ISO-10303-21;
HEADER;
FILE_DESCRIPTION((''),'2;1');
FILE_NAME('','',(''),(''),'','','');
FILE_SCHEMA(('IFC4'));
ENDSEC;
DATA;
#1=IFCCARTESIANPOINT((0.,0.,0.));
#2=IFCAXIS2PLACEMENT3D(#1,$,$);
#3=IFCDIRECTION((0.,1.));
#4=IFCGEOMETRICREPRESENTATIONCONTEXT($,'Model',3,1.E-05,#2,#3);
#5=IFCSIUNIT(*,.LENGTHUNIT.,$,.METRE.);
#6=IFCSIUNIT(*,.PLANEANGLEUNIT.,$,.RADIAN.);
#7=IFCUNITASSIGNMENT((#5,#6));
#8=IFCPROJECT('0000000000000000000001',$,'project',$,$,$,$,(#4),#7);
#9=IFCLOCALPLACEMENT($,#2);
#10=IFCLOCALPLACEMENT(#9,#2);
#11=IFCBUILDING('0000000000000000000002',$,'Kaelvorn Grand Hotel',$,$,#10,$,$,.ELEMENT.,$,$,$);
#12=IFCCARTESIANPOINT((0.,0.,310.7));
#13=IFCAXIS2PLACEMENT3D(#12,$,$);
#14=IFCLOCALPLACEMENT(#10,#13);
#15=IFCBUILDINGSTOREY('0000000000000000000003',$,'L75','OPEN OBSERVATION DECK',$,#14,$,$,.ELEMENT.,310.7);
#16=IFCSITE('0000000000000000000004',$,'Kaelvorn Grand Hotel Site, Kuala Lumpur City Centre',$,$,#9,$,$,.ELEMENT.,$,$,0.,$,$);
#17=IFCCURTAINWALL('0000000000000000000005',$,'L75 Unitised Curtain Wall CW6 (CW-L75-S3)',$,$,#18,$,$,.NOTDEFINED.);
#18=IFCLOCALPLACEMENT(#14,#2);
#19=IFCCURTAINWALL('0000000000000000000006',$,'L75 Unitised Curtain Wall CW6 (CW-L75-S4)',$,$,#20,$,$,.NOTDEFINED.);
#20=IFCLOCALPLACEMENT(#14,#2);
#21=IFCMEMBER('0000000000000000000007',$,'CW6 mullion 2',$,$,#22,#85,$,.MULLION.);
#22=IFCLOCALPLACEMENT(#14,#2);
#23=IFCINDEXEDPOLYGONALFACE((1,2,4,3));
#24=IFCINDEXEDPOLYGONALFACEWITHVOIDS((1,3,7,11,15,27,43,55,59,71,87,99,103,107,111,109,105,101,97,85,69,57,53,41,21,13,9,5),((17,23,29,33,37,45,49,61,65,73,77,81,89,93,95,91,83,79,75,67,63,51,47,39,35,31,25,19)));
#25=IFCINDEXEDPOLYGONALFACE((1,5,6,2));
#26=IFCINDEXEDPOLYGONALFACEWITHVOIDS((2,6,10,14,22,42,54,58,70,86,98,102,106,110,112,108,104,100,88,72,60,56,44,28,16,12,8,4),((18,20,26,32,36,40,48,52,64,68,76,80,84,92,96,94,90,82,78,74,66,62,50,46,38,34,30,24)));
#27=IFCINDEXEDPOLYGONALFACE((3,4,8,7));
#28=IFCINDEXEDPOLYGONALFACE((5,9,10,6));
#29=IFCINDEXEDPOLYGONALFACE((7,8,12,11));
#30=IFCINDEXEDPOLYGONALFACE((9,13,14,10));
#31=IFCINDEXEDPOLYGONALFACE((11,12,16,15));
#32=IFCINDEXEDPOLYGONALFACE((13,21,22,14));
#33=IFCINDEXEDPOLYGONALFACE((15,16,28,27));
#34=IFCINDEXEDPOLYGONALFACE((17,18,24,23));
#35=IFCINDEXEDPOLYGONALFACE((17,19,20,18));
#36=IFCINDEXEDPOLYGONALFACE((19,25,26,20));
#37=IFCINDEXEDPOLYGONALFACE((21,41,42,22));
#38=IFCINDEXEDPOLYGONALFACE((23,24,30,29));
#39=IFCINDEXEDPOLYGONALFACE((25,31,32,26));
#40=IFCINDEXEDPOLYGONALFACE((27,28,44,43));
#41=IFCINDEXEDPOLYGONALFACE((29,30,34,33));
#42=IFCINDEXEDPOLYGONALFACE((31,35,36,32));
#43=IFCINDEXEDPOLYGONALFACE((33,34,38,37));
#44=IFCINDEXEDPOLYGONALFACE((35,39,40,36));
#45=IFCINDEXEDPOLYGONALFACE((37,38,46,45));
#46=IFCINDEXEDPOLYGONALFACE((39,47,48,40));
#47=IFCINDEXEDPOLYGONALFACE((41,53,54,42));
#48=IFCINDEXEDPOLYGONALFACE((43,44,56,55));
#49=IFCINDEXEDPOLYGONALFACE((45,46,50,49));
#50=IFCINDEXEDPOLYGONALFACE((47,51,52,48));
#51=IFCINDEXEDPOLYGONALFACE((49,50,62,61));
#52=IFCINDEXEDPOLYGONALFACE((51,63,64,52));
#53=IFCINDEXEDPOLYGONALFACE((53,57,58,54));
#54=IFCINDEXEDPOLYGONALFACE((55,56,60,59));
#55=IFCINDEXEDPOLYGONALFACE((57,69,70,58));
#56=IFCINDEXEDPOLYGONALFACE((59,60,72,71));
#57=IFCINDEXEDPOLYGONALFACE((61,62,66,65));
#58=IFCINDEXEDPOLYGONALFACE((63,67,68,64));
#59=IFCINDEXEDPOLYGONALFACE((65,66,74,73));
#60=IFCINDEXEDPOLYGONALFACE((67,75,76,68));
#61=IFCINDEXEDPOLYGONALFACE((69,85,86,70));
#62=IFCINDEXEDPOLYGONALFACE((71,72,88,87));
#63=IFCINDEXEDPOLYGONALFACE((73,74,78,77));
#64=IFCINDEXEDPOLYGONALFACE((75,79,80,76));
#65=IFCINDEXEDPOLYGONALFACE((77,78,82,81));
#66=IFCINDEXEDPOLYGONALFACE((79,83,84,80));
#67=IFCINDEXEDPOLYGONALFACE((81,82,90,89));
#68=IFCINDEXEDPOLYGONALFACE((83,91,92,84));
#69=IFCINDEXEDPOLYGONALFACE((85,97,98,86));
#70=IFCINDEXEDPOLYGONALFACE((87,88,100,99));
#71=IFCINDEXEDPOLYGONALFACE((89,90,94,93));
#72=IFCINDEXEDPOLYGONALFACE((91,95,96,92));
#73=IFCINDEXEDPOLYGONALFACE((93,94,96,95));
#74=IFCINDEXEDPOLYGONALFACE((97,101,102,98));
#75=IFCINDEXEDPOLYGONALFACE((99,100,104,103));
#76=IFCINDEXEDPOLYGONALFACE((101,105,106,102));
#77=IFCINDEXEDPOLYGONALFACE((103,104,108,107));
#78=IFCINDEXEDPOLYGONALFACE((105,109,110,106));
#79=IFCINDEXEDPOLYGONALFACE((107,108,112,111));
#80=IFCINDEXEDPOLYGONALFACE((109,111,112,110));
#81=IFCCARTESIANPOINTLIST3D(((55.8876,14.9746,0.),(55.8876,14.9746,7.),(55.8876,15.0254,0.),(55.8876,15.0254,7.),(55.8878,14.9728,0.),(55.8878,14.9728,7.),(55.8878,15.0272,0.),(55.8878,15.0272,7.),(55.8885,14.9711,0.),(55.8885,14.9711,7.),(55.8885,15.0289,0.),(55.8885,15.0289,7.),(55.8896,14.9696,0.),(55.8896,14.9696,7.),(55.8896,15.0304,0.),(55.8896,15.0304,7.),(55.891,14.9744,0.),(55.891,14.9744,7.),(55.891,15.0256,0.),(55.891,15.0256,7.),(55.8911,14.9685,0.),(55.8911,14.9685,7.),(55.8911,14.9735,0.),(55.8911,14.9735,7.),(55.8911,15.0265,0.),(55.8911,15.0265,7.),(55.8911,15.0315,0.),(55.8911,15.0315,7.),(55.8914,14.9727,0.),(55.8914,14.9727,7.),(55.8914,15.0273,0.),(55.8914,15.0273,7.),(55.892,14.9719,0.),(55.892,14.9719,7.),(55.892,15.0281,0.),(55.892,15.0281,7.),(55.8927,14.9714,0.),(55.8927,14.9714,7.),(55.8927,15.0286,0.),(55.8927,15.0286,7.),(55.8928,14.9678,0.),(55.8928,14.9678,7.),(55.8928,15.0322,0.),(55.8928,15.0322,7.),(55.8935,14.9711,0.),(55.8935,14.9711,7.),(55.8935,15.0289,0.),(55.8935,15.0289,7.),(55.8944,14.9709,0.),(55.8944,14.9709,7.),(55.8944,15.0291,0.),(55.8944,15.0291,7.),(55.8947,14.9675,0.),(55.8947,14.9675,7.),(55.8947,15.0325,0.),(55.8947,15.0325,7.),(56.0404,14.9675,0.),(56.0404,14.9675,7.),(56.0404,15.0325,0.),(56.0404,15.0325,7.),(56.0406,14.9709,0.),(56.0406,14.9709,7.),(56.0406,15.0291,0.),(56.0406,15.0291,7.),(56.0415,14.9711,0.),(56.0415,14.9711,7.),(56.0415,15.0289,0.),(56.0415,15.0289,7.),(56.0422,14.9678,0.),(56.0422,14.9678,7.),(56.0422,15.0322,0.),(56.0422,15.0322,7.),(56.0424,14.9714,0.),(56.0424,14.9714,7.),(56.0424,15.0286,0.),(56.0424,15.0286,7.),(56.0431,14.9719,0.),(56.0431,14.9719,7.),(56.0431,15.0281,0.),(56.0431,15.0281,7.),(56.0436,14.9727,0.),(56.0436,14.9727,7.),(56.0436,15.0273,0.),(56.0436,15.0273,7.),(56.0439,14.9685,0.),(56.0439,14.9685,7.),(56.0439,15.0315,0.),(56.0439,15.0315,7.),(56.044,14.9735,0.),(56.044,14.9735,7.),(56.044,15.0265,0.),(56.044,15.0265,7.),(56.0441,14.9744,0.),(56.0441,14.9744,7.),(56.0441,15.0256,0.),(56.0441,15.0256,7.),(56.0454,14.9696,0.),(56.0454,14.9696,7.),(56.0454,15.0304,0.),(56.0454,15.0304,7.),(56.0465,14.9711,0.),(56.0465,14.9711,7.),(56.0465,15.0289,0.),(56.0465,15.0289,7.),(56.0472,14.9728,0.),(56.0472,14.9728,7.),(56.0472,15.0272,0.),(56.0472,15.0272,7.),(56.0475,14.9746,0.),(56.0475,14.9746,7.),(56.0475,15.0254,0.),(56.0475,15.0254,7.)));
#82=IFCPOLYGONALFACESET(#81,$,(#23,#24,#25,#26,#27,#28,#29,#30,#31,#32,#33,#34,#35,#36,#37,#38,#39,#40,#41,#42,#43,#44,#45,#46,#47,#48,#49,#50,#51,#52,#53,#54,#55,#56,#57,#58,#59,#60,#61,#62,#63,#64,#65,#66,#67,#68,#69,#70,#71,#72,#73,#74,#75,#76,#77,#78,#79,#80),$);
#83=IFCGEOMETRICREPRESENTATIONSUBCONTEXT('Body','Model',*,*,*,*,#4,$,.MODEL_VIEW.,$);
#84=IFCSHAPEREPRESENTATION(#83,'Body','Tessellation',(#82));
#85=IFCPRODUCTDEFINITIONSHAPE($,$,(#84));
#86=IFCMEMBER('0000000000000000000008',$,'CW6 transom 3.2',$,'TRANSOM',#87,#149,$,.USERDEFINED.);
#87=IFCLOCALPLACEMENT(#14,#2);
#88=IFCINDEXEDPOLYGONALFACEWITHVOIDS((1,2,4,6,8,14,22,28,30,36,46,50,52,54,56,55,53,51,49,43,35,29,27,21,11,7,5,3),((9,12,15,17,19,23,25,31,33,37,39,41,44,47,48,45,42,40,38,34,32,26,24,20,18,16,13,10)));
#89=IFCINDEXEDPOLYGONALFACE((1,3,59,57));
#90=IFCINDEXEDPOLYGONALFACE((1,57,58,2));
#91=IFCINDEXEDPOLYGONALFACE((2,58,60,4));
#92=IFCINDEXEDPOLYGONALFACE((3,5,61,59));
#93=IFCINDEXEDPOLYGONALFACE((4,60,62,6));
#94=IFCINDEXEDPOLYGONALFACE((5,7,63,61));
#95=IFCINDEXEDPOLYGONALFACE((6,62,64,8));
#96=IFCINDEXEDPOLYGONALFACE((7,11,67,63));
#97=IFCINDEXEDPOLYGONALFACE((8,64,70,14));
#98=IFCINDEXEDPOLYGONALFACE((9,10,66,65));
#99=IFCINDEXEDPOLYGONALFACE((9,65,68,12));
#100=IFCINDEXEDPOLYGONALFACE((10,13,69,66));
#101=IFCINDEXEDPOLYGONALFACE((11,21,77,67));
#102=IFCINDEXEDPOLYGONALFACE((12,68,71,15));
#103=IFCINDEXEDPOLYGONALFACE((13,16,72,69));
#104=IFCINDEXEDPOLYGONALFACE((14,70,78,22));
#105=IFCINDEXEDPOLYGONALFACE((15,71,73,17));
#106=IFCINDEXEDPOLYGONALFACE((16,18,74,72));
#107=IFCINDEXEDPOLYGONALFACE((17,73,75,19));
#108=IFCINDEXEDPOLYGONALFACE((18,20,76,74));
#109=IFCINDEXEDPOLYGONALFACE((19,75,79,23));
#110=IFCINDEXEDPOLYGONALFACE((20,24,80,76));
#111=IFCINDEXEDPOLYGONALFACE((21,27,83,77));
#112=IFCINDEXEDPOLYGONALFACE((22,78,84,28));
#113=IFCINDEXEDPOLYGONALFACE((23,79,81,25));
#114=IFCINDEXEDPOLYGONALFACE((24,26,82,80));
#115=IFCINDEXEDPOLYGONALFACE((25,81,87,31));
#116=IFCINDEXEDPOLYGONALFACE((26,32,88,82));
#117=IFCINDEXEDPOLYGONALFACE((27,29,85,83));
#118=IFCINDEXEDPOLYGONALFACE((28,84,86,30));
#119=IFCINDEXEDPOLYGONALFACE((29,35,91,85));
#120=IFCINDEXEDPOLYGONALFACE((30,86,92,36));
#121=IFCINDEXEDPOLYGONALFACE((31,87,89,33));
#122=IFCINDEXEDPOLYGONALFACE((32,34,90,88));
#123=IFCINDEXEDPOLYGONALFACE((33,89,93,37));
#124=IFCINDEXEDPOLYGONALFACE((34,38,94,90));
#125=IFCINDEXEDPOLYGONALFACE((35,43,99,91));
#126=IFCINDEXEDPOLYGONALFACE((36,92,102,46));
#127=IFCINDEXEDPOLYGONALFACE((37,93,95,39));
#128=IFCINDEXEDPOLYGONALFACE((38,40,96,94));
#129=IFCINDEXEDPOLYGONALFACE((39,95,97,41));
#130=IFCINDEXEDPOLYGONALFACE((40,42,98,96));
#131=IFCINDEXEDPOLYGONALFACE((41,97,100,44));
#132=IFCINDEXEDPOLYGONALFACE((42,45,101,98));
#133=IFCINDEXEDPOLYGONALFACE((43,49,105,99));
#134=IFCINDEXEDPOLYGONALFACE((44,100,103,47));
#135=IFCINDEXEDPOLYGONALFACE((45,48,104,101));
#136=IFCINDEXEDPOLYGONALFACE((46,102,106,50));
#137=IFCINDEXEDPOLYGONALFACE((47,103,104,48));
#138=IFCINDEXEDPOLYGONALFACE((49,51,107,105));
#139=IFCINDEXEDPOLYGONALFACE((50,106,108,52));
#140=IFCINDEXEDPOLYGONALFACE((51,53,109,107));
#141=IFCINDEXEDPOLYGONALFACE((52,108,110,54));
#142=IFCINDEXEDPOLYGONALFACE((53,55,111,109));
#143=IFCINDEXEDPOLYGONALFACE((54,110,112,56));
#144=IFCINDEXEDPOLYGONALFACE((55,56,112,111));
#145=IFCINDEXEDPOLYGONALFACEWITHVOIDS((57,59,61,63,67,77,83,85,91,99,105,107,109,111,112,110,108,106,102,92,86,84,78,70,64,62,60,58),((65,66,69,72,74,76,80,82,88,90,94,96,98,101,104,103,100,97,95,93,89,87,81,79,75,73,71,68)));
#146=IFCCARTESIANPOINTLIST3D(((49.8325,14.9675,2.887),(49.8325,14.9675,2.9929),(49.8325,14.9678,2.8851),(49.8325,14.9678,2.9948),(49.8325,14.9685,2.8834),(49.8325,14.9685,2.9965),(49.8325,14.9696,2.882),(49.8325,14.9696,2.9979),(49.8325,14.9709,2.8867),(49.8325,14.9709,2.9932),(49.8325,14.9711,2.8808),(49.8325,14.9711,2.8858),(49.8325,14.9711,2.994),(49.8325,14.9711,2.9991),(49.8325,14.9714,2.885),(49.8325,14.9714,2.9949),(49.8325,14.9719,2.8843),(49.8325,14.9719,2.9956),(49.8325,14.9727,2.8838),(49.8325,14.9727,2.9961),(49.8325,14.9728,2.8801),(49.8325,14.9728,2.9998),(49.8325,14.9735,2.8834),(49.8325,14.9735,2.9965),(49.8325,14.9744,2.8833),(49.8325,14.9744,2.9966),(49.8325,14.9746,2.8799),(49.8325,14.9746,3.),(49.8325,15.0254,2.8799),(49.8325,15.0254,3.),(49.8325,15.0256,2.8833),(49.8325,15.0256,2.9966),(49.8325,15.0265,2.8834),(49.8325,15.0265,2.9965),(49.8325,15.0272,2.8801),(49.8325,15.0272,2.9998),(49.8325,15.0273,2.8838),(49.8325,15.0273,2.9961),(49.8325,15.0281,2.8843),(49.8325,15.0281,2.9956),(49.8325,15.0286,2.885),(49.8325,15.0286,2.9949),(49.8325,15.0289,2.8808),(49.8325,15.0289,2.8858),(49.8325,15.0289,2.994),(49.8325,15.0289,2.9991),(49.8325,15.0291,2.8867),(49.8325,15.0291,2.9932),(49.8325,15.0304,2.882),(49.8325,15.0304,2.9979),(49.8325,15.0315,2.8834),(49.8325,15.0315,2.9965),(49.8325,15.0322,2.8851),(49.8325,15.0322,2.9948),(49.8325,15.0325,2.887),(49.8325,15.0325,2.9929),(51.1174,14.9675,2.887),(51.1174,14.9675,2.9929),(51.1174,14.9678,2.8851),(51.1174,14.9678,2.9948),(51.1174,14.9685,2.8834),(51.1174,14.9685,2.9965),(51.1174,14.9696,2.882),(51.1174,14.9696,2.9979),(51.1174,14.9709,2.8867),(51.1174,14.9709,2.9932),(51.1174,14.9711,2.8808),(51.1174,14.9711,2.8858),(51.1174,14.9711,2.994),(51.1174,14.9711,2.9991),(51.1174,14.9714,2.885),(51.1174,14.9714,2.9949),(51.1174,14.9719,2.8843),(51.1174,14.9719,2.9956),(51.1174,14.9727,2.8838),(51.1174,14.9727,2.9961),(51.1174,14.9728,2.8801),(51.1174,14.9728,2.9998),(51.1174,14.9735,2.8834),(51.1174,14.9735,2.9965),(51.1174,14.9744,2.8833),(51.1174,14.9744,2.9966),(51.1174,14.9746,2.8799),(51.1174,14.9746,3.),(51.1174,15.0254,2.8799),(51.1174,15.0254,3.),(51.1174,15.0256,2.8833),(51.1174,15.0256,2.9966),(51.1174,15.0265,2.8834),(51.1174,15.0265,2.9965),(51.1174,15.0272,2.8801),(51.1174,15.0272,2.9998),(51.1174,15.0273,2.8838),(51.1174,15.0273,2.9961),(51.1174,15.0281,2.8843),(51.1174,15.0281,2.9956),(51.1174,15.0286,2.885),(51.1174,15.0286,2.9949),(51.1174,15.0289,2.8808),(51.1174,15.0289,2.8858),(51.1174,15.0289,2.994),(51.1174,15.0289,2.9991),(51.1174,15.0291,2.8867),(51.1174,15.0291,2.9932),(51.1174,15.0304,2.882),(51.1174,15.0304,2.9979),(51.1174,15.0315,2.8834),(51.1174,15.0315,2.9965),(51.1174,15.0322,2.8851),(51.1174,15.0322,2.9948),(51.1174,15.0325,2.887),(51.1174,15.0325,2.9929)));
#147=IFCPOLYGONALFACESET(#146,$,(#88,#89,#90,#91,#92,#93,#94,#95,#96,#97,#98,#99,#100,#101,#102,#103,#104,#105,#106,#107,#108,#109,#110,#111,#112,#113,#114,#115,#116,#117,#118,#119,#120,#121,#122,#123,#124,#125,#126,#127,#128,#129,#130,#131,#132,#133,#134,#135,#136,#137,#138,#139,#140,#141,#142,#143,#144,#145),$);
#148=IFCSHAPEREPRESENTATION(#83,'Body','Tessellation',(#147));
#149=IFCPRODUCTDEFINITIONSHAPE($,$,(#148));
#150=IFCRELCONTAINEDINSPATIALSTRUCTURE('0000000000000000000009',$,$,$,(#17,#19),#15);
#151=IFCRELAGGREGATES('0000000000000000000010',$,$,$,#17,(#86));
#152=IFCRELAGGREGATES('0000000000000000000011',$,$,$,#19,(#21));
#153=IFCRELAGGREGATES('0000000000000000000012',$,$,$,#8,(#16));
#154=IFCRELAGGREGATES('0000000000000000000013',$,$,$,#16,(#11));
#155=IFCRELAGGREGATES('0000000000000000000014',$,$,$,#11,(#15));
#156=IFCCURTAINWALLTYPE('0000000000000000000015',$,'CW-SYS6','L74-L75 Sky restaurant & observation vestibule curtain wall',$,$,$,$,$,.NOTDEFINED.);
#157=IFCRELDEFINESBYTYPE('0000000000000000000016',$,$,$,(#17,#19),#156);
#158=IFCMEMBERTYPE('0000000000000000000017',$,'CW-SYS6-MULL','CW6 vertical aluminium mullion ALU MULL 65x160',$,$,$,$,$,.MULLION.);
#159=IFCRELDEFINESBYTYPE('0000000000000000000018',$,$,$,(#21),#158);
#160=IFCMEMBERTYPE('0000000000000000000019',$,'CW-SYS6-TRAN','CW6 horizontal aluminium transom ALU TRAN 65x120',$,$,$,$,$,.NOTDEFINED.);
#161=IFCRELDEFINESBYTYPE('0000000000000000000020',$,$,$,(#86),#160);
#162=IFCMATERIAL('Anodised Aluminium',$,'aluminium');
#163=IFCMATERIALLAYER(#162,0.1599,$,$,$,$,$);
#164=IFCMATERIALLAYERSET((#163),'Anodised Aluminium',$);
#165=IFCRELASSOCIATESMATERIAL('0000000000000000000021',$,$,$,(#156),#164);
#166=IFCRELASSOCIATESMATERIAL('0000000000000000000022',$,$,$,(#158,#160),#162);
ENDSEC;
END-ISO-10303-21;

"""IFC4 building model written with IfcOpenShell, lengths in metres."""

from ifc_helpers import new_model, si_unit, direction, frame, origin, origin_2d, place, context, subcontext, project, spatial, hollow_rectangle, extrude, material, layer, layer_set, material_profile, profile_set, type_object, element, aggregate, save


model = new_model("IFC4")

# Units and contexts
model_context = context("Model", 3, precision=1e-05, world=origin(), true_north=direction((0.0, 1.0)))
body_context = subcontext(model_context, "Body", "Model", "MODEL_VIEW")
ifc_project = project(units=[si_unit("LENGTHUNIT", "METRE"), si_unit("PLANEANGLEUNIT", "RADIAN")], contexts=[model_context])

# Site, building, storey
site_placement = place(None, origin())
site = spatial("IfcSite", under=ifc_project, at=site_placement, Name="Kaelvorn Grand Hotel Site, Kuala Lumpur City Centre", CompositionType="ELEMENT", RefElevation=0.0)
building_placement = place(site_placement, origin())
building = spatial("IfcBuilding", under=site, at=building_placement, Name="Kaelvorn Grand Hotel", CompositionType="ELEMENT")
storey_placement = place(building_placement, frame((0.0, 0.0, 310.7)))
storey = spatial("IfcBuildingStorey", under=building, at=storey_placement, Name="L75", Description="OPEN OBSERVATION DECK", CompositionType="ELEMENT", Elevation=310.7)

# Curtain walls, member
ifc_material_1 = material(Name="Anodised Aluminium", Category="aluminium")
ifc_layer_1 = layer(ifc_material_1, 0.1599)
ifc_layer_set_1 = layer_set([ifc_layer_1], Name="Anodised Aluminium")
curtain_wall_type = type_object("IfcCurtainWallType", Name="CW-SYS6", Description="L74-L75 Sky restaurant & observation vestibule curtain wall", PredefinedType="NOTDEFINED", material=ifc_layer_set_1)
curtain_wall_1_placement = place(storey_placement, origin())
curtain_wall_1 = element("IfcCurtainWall", 1, at=curtain_wall_1_placement, inside=storey, type_object=curtain_wall_type, Name="L75 Unitised Curtain Wall CW6 (CW-L75-S3)", PredefinedType="NOTDEFINED")
ifc_material_profile_1 = material_profile(ifc_material_1, hollow_rectangle(XDim=0.0649, YDim=0.1599, WallThickness=0.0034, InnerFilletRadius=0.0034, OuterFilletRadius=0.0071, at=origin_2d()), Name="ALU MULL 65x160")
ifc_profile_set_1 = profile_set([ifc_material_profile_1], Name="Anodised Aluminium")
member_type_1 = type_object("IfcMemberType", Name="CW-SYS6-MULL", Description="CW6 vertical aluminium mullion ALU MULL 65x160", PredefinedType="MULLION", material=ifc_profile_set_1)
curtain_wall_2_placement = place(storey_placement, origin())
curtain_wall_2 = element("IfcCurtainWall", 2, at=curtain_wall_2_placement, inside=storey, type_object=curtain_wall_type, Name="L75 Unitised Curtain Wall CW6 (CW-L75-S4)", PredefinedType="NOTDEFINED")
member_1_placement = place(storey_placement, frame((55.9675, 15.0, 0.0), z_axis=(0.0, 0.0, 1.0), x_axis=(0.0, 1.0, 0.0)))
member_1 = element("IfcMember", 3, at=member_1_placement, type_object=member_type_1, Name="CW6 mullion 2", PredefinedType="MULLION", context=body_context, shape_type="SweptSolid", body=[
    extrude(hollow_rectangle(XDim=0.0649, YDim=0.1599, WallThickness=0.0034, InnerFilletRadius=0.0034, OuterFilletRadius=0.0071, at=origin_2d()), origin(), (0.0, 0.0, 1.0), 7.0),
])

# Member
ifc_material_profile_2 = material_profile(ifc_material_1, hollow_rectangle(XDim=0.0649, YDim=0.1201, WallThickness=0.0034, InnerFilletRadius=0.0034, OuterFilletRadius=0.0071, at=origin_2d()), Name="ALU TRAN 65x120")
ifc_profile_set_2 = profile_set([ifc_material_profile_2], Name="Anodised Aluminium")
member_type_2 = type_object("IfcMemberType", Name="CW-SYS6-TRAN", Description="CW6 horizontal aluminium transom ALU TRAN 65x120", PredefinedType="NOTDEFINED", material=ifc_profile_set_2)
member_2_placement = place(storey_placement, frame((49.8325, 15.0, 2.9399), z_axis=(1.0, 0.0, 0.0), x_axis=(0.0, 1.0, 0.0)))
member_2 = element("IfcMember", 4, at=member_2_placement, type_object=member_type_2, Name="CW6 transom 3.2", ObjectType="TRANSOM", PredefinedType="USERDEFINED", context=body_context, shape_type="SweptSolid", body=[
    extrude(hollow_rectangle(XDim=0.0649, YDim=0.1201, WallThickness=0.0034, InnerFilletRadius=0.0034, OuterFilletRadius=0.0071, at=origin_2d()), origin(), (0.0, 0.0, 1.0), 1.2849),
])

aggregate(curtain_wall_1, [member_2])
aggregate(curtain_wall_2, [member_1])

save(model, "model.ifc")
